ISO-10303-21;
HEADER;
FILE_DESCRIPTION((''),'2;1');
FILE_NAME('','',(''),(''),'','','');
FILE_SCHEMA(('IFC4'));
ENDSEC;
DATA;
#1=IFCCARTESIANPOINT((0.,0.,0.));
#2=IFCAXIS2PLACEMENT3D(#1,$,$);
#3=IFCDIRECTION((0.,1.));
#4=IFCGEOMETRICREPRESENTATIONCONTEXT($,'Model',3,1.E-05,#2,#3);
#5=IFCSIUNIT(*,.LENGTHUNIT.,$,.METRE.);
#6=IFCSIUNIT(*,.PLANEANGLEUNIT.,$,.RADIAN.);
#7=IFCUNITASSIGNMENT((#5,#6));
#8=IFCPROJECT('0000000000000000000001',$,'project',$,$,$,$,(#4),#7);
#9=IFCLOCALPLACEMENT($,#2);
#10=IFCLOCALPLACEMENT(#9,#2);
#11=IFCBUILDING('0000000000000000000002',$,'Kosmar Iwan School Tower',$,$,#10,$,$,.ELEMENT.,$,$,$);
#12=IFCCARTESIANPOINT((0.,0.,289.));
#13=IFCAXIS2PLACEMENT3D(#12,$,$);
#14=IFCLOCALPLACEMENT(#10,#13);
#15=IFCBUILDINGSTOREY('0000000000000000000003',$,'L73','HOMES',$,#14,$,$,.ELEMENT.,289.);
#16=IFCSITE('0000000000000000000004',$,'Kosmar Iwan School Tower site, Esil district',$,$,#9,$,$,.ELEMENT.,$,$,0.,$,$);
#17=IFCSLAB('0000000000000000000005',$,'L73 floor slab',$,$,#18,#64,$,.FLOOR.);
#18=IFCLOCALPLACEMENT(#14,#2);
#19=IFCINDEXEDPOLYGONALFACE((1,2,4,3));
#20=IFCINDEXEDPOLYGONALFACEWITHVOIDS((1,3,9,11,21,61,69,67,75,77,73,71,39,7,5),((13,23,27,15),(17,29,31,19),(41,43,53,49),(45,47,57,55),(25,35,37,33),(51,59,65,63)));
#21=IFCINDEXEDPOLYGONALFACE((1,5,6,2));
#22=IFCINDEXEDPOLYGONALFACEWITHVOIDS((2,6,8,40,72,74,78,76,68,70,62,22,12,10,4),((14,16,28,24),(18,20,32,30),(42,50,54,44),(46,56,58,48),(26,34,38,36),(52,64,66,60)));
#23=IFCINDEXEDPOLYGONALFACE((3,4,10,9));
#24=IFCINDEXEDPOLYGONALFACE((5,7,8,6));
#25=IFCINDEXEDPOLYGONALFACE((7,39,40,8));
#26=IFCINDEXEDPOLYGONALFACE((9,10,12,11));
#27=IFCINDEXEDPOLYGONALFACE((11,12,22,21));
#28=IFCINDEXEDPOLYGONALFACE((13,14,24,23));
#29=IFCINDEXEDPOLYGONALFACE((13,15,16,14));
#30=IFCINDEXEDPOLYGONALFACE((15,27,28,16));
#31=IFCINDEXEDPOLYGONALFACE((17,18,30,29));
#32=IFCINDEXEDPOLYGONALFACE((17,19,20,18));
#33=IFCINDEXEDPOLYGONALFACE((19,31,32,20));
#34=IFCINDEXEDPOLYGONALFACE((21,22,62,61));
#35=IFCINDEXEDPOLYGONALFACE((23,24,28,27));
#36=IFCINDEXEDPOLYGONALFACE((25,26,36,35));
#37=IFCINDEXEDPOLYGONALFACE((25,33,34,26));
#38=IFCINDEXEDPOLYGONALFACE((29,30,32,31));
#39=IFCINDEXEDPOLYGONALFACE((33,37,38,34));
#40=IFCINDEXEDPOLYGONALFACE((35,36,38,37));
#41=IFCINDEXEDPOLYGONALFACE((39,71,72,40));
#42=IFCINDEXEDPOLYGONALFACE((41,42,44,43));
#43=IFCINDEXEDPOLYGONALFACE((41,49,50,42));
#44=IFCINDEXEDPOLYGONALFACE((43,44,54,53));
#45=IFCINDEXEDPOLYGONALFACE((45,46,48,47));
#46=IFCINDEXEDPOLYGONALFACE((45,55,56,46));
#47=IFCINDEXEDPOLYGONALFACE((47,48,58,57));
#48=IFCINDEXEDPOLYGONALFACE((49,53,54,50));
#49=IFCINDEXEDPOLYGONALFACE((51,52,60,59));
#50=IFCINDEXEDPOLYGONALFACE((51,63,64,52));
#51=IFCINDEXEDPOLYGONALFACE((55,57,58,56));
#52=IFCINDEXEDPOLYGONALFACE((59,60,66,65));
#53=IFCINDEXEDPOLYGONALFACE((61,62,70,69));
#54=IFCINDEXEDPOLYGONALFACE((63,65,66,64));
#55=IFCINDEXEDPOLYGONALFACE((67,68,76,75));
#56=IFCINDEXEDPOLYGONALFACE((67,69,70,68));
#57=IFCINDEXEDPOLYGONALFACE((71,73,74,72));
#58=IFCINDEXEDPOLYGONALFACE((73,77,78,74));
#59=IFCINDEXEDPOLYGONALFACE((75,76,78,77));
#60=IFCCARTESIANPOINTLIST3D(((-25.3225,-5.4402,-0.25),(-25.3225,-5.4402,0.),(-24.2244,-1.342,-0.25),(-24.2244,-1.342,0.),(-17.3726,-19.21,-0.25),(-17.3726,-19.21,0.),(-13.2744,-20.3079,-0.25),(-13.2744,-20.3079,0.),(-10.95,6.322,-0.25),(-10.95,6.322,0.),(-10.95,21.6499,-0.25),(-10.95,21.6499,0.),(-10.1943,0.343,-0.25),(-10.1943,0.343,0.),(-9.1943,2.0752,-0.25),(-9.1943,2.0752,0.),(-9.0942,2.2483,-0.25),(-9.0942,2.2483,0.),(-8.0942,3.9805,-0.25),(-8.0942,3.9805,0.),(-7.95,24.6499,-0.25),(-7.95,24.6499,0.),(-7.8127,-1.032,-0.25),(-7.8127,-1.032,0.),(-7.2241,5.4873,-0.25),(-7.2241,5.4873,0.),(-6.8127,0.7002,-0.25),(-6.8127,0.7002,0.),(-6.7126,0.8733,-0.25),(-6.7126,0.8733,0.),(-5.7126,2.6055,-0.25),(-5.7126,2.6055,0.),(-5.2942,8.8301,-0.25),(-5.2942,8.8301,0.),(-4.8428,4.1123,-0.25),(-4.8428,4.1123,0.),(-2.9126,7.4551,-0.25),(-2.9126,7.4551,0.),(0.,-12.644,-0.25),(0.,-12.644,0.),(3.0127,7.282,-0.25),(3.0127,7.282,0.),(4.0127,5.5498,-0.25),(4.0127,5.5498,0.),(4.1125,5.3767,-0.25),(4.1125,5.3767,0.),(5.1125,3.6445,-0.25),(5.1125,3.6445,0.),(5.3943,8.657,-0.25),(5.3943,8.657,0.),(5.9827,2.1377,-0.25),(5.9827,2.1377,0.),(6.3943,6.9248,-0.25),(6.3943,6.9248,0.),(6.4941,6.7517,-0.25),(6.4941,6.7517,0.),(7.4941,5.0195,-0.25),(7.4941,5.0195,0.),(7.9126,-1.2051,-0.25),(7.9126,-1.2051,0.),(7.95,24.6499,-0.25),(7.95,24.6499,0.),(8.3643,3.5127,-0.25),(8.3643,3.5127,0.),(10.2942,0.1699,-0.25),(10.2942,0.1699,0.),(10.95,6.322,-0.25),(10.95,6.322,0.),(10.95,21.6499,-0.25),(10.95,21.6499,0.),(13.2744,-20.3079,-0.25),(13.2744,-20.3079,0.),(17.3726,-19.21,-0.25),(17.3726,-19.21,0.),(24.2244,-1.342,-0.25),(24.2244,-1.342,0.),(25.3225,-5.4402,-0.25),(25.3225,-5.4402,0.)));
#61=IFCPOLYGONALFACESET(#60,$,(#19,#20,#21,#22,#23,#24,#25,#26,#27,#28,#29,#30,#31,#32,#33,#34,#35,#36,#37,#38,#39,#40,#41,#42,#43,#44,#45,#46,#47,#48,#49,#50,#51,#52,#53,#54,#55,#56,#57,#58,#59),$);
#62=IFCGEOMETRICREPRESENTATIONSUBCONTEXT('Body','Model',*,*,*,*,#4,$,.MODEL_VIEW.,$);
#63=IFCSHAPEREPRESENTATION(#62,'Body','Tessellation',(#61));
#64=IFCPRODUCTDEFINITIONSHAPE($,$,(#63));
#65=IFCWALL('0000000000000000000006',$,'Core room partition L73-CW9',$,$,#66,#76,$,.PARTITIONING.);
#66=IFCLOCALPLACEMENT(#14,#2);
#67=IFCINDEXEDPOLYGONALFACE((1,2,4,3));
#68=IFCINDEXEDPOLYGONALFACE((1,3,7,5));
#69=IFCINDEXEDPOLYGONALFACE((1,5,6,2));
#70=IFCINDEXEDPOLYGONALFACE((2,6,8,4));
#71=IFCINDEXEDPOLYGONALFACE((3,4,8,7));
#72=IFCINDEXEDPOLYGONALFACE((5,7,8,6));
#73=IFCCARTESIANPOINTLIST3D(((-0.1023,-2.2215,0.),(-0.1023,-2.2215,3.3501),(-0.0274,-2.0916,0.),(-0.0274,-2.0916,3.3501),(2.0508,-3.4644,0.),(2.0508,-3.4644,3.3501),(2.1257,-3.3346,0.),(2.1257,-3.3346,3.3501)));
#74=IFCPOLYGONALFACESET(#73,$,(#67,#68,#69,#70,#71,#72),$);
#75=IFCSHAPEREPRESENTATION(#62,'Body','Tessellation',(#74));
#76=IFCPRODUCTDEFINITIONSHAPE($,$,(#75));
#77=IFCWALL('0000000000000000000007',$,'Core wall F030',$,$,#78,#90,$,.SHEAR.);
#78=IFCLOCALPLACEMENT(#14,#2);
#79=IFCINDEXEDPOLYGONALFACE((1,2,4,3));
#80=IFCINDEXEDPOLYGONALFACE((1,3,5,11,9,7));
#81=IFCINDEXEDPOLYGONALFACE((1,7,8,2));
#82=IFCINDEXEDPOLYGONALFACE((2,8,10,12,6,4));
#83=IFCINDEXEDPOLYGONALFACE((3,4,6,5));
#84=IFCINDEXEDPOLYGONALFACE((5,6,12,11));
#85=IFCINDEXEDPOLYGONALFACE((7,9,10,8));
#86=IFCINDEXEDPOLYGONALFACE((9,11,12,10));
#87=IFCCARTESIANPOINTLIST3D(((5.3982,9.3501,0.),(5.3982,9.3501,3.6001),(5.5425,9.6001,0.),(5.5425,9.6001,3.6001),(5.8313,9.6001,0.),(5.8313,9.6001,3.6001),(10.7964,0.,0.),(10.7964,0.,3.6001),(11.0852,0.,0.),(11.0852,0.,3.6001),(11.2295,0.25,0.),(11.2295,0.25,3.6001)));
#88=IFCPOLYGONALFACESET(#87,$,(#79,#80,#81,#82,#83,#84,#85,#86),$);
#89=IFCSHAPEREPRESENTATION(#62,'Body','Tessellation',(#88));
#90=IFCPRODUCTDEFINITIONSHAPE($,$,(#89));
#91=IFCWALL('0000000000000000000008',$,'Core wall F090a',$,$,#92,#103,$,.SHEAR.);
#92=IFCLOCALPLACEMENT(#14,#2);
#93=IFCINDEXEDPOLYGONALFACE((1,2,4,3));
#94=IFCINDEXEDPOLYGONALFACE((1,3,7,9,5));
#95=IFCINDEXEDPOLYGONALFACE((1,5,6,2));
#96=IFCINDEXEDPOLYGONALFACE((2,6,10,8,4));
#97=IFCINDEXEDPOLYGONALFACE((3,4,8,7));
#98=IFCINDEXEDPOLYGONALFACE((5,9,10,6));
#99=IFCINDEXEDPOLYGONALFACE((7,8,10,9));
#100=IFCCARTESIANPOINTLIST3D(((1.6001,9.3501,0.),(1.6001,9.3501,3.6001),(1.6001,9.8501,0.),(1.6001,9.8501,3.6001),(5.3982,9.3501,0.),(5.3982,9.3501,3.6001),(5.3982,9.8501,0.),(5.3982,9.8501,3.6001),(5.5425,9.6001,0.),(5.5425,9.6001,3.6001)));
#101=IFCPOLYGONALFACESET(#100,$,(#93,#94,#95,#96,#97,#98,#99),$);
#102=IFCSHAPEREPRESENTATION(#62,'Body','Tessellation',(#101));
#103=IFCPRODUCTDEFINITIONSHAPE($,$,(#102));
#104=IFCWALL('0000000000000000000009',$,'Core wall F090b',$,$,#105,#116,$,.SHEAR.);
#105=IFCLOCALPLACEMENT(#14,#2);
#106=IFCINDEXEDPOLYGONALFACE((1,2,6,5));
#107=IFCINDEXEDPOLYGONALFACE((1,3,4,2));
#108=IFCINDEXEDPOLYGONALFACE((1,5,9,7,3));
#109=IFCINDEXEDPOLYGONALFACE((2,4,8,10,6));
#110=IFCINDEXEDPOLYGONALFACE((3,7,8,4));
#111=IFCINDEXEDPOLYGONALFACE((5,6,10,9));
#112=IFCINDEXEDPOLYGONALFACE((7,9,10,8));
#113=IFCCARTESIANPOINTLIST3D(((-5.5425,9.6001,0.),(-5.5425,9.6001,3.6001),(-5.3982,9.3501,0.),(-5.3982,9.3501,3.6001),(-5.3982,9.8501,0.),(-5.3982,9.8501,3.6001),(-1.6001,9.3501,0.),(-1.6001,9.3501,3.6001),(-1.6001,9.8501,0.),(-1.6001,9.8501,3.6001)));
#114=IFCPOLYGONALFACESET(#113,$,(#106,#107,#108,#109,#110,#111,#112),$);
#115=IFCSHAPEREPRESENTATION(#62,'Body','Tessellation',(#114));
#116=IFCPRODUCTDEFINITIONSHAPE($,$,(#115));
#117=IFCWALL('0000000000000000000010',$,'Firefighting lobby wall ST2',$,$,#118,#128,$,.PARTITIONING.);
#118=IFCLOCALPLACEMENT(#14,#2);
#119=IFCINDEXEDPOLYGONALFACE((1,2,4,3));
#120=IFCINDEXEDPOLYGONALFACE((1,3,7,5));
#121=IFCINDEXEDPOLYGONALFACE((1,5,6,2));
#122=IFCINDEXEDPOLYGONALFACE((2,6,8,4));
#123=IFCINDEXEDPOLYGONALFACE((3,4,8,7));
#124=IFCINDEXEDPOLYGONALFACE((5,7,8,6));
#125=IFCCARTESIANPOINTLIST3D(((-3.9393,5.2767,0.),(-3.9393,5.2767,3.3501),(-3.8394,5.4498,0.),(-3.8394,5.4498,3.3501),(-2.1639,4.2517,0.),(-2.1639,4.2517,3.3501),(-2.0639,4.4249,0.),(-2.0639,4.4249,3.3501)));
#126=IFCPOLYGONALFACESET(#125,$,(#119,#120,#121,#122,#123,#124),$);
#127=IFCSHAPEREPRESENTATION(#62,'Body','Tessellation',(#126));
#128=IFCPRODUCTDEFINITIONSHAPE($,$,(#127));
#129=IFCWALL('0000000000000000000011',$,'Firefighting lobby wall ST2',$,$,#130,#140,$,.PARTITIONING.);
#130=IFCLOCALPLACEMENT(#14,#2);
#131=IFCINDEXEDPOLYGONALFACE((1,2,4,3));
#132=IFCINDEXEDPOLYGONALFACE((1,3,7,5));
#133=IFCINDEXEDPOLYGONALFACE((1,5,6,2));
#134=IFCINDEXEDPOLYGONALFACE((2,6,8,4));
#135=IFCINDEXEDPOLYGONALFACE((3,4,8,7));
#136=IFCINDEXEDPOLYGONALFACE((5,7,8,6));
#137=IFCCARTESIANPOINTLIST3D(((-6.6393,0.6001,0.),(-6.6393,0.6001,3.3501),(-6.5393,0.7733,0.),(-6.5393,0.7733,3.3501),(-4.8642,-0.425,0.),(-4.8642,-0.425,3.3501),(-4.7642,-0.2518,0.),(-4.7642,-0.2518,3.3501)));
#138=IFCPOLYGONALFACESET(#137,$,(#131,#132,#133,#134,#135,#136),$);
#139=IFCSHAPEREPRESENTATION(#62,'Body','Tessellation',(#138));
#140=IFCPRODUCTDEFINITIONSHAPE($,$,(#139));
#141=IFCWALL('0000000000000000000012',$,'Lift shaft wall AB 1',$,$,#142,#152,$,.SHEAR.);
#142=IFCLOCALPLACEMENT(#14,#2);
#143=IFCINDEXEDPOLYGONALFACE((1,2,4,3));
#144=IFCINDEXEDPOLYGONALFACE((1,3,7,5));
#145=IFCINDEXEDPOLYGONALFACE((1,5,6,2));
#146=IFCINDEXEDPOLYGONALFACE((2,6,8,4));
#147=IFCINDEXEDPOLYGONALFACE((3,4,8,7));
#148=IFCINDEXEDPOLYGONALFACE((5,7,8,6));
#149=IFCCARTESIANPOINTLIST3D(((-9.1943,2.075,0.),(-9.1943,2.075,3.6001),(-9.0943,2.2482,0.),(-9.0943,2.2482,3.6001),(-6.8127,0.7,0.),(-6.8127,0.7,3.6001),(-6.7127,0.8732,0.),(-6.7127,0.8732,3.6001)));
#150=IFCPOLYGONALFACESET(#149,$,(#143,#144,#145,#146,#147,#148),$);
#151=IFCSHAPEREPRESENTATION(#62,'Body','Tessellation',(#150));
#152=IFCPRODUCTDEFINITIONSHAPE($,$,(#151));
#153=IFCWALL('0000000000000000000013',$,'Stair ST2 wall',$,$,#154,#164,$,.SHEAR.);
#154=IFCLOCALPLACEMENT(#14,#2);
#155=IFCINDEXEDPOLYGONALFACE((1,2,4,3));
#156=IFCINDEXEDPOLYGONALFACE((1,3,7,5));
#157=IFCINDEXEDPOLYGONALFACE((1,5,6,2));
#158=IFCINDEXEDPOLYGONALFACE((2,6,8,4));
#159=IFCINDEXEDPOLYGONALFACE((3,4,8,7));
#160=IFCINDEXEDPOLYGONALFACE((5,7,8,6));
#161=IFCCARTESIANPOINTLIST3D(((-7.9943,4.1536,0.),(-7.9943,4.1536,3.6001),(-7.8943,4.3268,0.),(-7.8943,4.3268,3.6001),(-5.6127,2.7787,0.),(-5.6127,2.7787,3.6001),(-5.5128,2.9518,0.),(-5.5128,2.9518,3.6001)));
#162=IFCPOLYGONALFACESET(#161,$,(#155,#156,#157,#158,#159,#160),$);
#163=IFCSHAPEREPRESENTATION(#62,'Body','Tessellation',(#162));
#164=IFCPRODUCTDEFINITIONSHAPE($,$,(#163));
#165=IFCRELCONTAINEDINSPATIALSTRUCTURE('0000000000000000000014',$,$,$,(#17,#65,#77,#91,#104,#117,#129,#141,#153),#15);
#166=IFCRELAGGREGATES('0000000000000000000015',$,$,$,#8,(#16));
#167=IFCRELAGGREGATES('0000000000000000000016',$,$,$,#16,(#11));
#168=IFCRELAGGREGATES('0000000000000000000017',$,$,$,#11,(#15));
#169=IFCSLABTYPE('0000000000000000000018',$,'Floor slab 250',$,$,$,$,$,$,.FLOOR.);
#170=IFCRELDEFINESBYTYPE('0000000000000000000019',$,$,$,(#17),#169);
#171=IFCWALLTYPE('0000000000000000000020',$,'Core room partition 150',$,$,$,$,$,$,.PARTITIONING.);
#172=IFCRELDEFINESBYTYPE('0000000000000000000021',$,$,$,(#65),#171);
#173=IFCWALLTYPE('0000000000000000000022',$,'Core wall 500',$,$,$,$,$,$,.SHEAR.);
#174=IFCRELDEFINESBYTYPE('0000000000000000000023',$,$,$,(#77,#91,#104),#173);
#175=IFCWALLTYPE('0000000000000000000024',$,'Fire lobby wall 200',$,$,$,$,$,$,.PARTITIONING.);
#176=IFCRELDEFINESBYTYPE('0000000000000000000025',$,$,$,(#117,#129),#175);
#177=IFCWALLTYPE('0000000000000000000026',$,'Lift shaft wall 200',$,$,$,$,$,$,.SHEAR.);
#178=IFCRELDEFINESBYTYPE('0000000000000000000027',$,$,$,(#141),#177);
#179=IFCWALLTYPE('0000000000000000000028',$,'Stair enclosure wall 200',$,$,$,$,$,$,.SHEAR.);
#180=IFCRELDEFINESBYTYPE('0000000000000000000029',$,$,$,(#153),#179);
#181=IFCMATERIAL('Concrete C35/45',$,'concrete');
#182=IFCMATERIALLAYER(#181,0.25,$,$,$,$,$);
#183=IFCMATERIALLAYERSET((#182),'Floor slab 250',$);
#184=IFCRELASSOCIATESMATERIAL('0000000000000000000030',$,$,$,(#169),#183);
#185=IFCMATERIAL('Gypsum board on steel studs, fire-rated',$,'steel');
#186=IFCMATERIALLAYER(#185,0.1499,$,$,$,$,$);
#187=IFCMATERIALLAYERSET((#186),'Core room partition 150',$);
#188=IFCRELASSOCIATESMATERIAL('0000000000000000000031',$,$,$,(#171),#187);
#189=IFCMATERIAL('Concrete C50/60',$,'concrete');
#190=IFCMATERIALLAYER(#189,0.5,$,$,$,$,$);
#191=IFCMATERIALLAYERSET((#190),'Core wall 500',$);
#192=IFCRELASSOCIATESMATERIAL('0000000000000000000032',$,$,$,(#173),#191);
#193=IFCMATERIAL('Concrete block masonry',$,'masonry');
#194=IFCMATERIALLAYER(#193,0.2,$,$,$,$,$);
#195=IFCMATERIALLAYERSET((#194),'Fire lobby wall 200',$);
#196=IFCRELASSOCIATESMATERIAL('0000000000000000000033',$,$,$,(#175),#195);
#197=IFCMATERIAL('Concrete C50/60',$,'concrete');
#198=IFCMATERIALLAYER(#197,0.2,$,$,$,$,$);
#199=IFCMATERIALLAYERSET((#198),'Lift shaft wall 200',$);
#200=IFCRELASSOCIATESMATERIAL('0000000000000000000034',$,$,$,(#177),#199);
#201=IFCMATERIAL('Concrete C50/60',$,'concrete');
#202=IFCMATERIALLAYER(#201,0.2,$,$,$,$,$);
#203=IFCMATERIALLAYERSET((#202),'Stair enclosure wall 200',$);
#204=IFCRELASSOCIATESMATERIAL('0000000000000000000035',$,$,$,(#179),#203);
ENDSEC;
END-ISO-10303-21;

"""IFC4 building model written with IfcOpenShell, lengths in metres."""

from ifc_helpers import new_model, si_unit, direction, frame, frame_2d, origin, place, context, subcontext, project, spatial, polyline, rectangle, outline, extrude, material, layer, layer_set, type_object, element, save


model = new_model("IFC4")

# Units and contexts
model_context = context("Model", 3, precision=1e-05, world=origin(), true_north=direction((0.0, 1.0)))
body_context = subcontext(model_context, "Body", "Model", "MODEL_VIEW")
ifc_project = project(units=[si_unit("LENGTHUNIT", "METRE"), si_unit("PLANEANGLEUNIT", "RADIAN")], contexts=[model_context])

# Site, building, storey
site_placement = place(None, origin())
site = spatial("IfcSite", under=ifc_project, at=site_placement, Name="Kosmar Iwan School Tower site, Esil district", CompositionType="ELEMENT", RefElevation=0.0)
building_placement = place(site_placement, origin())
building = spatial("IfcBuilding", under=site, at=building_placement, Name="Kosmar Iwan School Tower", CompositionType="ELEMENT")
storey_placement = place(building_placement, frame((0.0, 0.0, 289.0)))
storey = spatial("IfcBuildingStorey", under=building, at=storey_placement, Name="L73", Description="HOMES", CompositionType="ELEMENT", Elevation=289.0)

# Slab
ifc_material_1 = material(Name="Concrete C35/45", Category="concrete")
ifc_layer_1 = layer(ifc_material_1, 0.25)
ifc_layer_set_1 = layer_set([ifc_layer_1], Name="Floor slab 250")
slab_type = type_object("IfcSlabType", Name="Floor slab 250", PredefinedType="FLOOR", material=ifc_layer_set_1)
slab_placement = place(storey_placement, frame((0.0, 0.0, -0.25)))
element("IfcSlab", 1, at=slab_placement, inside=storey, type_object=slab_type, Name="L73 floor slab", PredefinedType="FLOOR", context=body_context, shape_type="SweptSolid", body=[
    extrude(outline(polyline([(-13.2744, -20.3079), (0.0, -12.644), (13.2744, -20.3079), (17.3726, -19.21), (25.3225, -5.4402), (24.2244, -1.342), (10.95, 6.322), (10.95, 21.6499), (7.95, 24.6499), (-7.95, 24.6499), (-10.95, 21.6499), (-10.95, 6.322), (-24.2244, -1.342), (-25.3225, -5.4402), (-17.3726, -19.21), (-13.2744, -20.3079)]), holes=[polyline([(7.9126, -1.2051), (10.2942, 0.1699), (8.3643, 3.5127), (5.9827, 2.1377), (7.9126, -1.2051)]), polyline([(-2.9126, 7.4551), (-5.2942, 8.8301), (-7.2241, 5.4873), (-4.8428, 4.1123), (-2.9126, 7.4551)]), polyline([(-5.7126, 2.6055), (-8.0942, 3.9805), (-9.0942, 2.2483), (-6.7126, 0.8733), (-5.7126, 2.6055)]), polyline([(-6.8127, 0.7002), (-9.1943, 2.0752), (-10.1943, 0.343), (-7.8127, -1.032), (-6.8127, 0.7002)]), polyline([(5.1125, 3.6445), (7.4941, 5.0195), (6.4941, 6.7517), (4.1125, 5.3767), (5.1125, 3.6445)]), polyline([(4.0127, 5.5498), (6.3943, 6.9248), (5.3943, 8.657), (3.0127, 7.282), (4.0127, 5.5498)])]), origin(), (0.0, 0.0, 1.0), 0.25),
])

# Walls
ifc_material_2 = material(Name="Gypsum board on steel studs, fire-rated", Category="steel")
ifc_layer_2 = layer(ifc_material_2, 0.1499)
ifc_layer_set_2 = layer_set([ifc_layer_2], Name="Core room partition 150")
wall_type_1 = type_object("IfcWallType", Name="Core room partition 150", PredefinedType="PARTITIONING", material=ifc_layer_set_2)
wall_1_placement = place(storey_placement, frame((-0.0649, -2.1565, 0.0), z_axis=(0.0, 0.0, 1.0), x_axis=(0.866053, -0.499952, 0.0)))
element("IfcWall", 2, at=wall_1_placement, inside=storey, type_object=wall_type_1, Name="Core room partition L73-CW9", PredefinedType="PARTITIONING", context=body_context, shape_type="SweptSolid", body=[
    extrude(rectangle(XDim=2.4861, YDim=0.1499, at=frame_2d((1.2432, 0.0))), origin(), (0.0, 0.0, 1.0), 3.3501),
])
ifc_material_3 = material(Name="Concrete C50/60", Category="concrete")
ifc_layer_3 = layer(ifc_material_3, 0.5)
ifc_layer_set_3 = layer_set([ifc_layer_3], Name="Core wall 500")
wall_type_2 = type_object("IfcWallType", Name="Core wall 500", PredefinedType="SHEAR", material=ifc_layer_set_3)
wall_2_placement = place(storey_placement, origin())
element("IfcWall", 3, at=wall_2_placement, inside=storey, type_object=wall_type_2, Name="Core wall F030", PredefinedType="SHEAR", context=body_context, shape_type="SweptSolid", body=[
    extrude(outline(polyline([(10.7964, 0.0), (11.0852, 0.0), (11.2295, 0.25), (5.8313, 9.6001), (5.5425, 9.6001), (5.3982, 9.3501), (10.7964, 0.0)])), origin(), (0.0, 0.0, 1.0), 3.6001),
])
wall_3_placement = place(storey_placement, origin())
element("IfcWall", 4, at=wall_3_placement, inside=storey, type_object=wall_type_2, Name="Core wall F090a", PredefinedType="SHEAR", context=body_context, shape_type="SweptSolid", body=[
    extrude(outline(polyline([(1.6001, 9.3501), (5.3982, 9.3501), (5.5425, 9.6001), (5.3982, 9.8501), (1.6001, 9.8501), (1.6001, 9.3501)])), origin(), (0.0, 0.0, 1.0), 3.6001),
])
wall_4_placement = place(storey_placement, origin())
element("IfcWall", 5, at=wall_4_placement, inside=storey, type_object=wall_type_2, Name="Core wall F090b", PredefinedType="SHEAR", context=body_context, shape_type="SweptSolid", body=[
    extrude(outline(polyline([(-5.3982, 9.3501), (-1.6001, 9.3501), (-1.6001, 9.8501), (-5.3982, 9.8501), (-5.5425, 9.6001), (-5.3982, 9.3501)])), origin(), (0.0, 0.0, 1.0), 3.6001),
])
ifc_material_4 = material(Name="Concrete block masonry", Category="masonry")
ifc_layer_4 = layer(ifc_material_4, 0.2)
ifc_layer_set_4 = layer_set([ifc_layer_4], Name="Fire lobby wall 200")
wall_type_3 = type_object("IfcWallType", Name="Fire lobby wall 200", PredefinedType="PARTITIONING", material=ifc_layer_set_4)
wall_5_placement = place(storey_placement, frame((-2.114, 4.3384, 0.0), z_axis=(0.0, 0.0, 1.0), x_axis=(-0.866051, 0.499956, 0.0)))
element("IfcWall", 6, at=wall_5_placement, inside=storey, type_object=wall_type_3, Name="Firefighting lobby wall ST2", PredefinedType="PARTITIONING", context=body_context, shape_type="SweptSolid", body=[
    extrude(rectangle(XDim=2.05, YDim=0.2, at=frame_2d((1.0249, 0.0))), origin(), (0.0, 0.0, 1.0), 3.3501),
])
wall_6_placement = place(storey_placement, frame((-4.8142, -0.3384, 0.0), z_axis=(0.0, 0.0, 1.0), x_axis=(-0.865969, 0.500097, 0.0)))
element("IfcWall", 7, at=wall_6_placement, inside=storey, type_object=wall_type_3, Name="Firefighting lobby wall ST2", PredefinedType="PARTITIONING", context=body_context, shape_type="SweptSolid", body=[
    extrude(rectangle(XDim=2.0498, YDim=0.2, at=frame_2d((1.0249, 0.0))), origin(), (0.0, 0.0, 1.0), 3.3501),
])
ifc_material_5 = material(Name="Concrete C50/60", Category="concrete")
ifc_layer_5 = layer(ifc_material_5, 0.2)
ifc_layer_set_5 = layer_set([ifc_layer_5], Name="Lift shaft wall 200")
wall_type_4 = type_object("IfcWallType", Name="Lift shaft wall 200", PredefinedType="SHEAR", material=ifc_layer_set_5)
wall_7_placement = place(storey_placement, frame((-6.7627, 0.7866, 0.0), z_axis=(0.0, 0.0, 1.0), x_axis=(-0.866027, 0.499997, 0.0)))
element("IfcWall", 8, at=wall_7_placement, inside=storey, type_object=wall_type_4, Name="Lift shaft wall AB 1", PredefinedType="SHEAR", context=body_context, shape_type="SweptSolid", body=[
    extrude(rectangle(XDim=2.75, YDim=0.2, at=frame_2d((1.375, 0.0))), origin(), (0.0, 0.0, 1.0), 3.6001),
])
ifc_material_6 = material(Name="Concrete C50/60", Category="concrete")
ifc_layer_6 = layer(ifc_material_6, 0.2)
ifc_layer_set_6 = layer_set([ifc_layer_6], Name="Stair enclosure wall 200")
wall_type_5 = type_object("IfcWallType", Name="Stair enclosure wall 200", PredefinedType="SHEAR", material=ifc_layer_set_6)
wall_8_placement = place(storey_placement, frame((-5.5627, 2.8652, 0.0), z_axis=(0.0, 0.0, 1.0), x_axis=(-0.866027, 0.499997, 0.0)))
element("IfcWall", 9, at=wall_8_placement, inside=storey, type_object=wall_type_5, Name="Stair ST2 wall", PredefinedType="SHEAR", context=body_context, shape_type="SweptSolid", body=[
    extrude(rectangle(XDim=2.75, YDim=0.2, at=frame_2d((1.375, 0.0))), origin(), (0.0, 0.0, 1.0), 3.6001),
])

save(model, "model.ifc")
